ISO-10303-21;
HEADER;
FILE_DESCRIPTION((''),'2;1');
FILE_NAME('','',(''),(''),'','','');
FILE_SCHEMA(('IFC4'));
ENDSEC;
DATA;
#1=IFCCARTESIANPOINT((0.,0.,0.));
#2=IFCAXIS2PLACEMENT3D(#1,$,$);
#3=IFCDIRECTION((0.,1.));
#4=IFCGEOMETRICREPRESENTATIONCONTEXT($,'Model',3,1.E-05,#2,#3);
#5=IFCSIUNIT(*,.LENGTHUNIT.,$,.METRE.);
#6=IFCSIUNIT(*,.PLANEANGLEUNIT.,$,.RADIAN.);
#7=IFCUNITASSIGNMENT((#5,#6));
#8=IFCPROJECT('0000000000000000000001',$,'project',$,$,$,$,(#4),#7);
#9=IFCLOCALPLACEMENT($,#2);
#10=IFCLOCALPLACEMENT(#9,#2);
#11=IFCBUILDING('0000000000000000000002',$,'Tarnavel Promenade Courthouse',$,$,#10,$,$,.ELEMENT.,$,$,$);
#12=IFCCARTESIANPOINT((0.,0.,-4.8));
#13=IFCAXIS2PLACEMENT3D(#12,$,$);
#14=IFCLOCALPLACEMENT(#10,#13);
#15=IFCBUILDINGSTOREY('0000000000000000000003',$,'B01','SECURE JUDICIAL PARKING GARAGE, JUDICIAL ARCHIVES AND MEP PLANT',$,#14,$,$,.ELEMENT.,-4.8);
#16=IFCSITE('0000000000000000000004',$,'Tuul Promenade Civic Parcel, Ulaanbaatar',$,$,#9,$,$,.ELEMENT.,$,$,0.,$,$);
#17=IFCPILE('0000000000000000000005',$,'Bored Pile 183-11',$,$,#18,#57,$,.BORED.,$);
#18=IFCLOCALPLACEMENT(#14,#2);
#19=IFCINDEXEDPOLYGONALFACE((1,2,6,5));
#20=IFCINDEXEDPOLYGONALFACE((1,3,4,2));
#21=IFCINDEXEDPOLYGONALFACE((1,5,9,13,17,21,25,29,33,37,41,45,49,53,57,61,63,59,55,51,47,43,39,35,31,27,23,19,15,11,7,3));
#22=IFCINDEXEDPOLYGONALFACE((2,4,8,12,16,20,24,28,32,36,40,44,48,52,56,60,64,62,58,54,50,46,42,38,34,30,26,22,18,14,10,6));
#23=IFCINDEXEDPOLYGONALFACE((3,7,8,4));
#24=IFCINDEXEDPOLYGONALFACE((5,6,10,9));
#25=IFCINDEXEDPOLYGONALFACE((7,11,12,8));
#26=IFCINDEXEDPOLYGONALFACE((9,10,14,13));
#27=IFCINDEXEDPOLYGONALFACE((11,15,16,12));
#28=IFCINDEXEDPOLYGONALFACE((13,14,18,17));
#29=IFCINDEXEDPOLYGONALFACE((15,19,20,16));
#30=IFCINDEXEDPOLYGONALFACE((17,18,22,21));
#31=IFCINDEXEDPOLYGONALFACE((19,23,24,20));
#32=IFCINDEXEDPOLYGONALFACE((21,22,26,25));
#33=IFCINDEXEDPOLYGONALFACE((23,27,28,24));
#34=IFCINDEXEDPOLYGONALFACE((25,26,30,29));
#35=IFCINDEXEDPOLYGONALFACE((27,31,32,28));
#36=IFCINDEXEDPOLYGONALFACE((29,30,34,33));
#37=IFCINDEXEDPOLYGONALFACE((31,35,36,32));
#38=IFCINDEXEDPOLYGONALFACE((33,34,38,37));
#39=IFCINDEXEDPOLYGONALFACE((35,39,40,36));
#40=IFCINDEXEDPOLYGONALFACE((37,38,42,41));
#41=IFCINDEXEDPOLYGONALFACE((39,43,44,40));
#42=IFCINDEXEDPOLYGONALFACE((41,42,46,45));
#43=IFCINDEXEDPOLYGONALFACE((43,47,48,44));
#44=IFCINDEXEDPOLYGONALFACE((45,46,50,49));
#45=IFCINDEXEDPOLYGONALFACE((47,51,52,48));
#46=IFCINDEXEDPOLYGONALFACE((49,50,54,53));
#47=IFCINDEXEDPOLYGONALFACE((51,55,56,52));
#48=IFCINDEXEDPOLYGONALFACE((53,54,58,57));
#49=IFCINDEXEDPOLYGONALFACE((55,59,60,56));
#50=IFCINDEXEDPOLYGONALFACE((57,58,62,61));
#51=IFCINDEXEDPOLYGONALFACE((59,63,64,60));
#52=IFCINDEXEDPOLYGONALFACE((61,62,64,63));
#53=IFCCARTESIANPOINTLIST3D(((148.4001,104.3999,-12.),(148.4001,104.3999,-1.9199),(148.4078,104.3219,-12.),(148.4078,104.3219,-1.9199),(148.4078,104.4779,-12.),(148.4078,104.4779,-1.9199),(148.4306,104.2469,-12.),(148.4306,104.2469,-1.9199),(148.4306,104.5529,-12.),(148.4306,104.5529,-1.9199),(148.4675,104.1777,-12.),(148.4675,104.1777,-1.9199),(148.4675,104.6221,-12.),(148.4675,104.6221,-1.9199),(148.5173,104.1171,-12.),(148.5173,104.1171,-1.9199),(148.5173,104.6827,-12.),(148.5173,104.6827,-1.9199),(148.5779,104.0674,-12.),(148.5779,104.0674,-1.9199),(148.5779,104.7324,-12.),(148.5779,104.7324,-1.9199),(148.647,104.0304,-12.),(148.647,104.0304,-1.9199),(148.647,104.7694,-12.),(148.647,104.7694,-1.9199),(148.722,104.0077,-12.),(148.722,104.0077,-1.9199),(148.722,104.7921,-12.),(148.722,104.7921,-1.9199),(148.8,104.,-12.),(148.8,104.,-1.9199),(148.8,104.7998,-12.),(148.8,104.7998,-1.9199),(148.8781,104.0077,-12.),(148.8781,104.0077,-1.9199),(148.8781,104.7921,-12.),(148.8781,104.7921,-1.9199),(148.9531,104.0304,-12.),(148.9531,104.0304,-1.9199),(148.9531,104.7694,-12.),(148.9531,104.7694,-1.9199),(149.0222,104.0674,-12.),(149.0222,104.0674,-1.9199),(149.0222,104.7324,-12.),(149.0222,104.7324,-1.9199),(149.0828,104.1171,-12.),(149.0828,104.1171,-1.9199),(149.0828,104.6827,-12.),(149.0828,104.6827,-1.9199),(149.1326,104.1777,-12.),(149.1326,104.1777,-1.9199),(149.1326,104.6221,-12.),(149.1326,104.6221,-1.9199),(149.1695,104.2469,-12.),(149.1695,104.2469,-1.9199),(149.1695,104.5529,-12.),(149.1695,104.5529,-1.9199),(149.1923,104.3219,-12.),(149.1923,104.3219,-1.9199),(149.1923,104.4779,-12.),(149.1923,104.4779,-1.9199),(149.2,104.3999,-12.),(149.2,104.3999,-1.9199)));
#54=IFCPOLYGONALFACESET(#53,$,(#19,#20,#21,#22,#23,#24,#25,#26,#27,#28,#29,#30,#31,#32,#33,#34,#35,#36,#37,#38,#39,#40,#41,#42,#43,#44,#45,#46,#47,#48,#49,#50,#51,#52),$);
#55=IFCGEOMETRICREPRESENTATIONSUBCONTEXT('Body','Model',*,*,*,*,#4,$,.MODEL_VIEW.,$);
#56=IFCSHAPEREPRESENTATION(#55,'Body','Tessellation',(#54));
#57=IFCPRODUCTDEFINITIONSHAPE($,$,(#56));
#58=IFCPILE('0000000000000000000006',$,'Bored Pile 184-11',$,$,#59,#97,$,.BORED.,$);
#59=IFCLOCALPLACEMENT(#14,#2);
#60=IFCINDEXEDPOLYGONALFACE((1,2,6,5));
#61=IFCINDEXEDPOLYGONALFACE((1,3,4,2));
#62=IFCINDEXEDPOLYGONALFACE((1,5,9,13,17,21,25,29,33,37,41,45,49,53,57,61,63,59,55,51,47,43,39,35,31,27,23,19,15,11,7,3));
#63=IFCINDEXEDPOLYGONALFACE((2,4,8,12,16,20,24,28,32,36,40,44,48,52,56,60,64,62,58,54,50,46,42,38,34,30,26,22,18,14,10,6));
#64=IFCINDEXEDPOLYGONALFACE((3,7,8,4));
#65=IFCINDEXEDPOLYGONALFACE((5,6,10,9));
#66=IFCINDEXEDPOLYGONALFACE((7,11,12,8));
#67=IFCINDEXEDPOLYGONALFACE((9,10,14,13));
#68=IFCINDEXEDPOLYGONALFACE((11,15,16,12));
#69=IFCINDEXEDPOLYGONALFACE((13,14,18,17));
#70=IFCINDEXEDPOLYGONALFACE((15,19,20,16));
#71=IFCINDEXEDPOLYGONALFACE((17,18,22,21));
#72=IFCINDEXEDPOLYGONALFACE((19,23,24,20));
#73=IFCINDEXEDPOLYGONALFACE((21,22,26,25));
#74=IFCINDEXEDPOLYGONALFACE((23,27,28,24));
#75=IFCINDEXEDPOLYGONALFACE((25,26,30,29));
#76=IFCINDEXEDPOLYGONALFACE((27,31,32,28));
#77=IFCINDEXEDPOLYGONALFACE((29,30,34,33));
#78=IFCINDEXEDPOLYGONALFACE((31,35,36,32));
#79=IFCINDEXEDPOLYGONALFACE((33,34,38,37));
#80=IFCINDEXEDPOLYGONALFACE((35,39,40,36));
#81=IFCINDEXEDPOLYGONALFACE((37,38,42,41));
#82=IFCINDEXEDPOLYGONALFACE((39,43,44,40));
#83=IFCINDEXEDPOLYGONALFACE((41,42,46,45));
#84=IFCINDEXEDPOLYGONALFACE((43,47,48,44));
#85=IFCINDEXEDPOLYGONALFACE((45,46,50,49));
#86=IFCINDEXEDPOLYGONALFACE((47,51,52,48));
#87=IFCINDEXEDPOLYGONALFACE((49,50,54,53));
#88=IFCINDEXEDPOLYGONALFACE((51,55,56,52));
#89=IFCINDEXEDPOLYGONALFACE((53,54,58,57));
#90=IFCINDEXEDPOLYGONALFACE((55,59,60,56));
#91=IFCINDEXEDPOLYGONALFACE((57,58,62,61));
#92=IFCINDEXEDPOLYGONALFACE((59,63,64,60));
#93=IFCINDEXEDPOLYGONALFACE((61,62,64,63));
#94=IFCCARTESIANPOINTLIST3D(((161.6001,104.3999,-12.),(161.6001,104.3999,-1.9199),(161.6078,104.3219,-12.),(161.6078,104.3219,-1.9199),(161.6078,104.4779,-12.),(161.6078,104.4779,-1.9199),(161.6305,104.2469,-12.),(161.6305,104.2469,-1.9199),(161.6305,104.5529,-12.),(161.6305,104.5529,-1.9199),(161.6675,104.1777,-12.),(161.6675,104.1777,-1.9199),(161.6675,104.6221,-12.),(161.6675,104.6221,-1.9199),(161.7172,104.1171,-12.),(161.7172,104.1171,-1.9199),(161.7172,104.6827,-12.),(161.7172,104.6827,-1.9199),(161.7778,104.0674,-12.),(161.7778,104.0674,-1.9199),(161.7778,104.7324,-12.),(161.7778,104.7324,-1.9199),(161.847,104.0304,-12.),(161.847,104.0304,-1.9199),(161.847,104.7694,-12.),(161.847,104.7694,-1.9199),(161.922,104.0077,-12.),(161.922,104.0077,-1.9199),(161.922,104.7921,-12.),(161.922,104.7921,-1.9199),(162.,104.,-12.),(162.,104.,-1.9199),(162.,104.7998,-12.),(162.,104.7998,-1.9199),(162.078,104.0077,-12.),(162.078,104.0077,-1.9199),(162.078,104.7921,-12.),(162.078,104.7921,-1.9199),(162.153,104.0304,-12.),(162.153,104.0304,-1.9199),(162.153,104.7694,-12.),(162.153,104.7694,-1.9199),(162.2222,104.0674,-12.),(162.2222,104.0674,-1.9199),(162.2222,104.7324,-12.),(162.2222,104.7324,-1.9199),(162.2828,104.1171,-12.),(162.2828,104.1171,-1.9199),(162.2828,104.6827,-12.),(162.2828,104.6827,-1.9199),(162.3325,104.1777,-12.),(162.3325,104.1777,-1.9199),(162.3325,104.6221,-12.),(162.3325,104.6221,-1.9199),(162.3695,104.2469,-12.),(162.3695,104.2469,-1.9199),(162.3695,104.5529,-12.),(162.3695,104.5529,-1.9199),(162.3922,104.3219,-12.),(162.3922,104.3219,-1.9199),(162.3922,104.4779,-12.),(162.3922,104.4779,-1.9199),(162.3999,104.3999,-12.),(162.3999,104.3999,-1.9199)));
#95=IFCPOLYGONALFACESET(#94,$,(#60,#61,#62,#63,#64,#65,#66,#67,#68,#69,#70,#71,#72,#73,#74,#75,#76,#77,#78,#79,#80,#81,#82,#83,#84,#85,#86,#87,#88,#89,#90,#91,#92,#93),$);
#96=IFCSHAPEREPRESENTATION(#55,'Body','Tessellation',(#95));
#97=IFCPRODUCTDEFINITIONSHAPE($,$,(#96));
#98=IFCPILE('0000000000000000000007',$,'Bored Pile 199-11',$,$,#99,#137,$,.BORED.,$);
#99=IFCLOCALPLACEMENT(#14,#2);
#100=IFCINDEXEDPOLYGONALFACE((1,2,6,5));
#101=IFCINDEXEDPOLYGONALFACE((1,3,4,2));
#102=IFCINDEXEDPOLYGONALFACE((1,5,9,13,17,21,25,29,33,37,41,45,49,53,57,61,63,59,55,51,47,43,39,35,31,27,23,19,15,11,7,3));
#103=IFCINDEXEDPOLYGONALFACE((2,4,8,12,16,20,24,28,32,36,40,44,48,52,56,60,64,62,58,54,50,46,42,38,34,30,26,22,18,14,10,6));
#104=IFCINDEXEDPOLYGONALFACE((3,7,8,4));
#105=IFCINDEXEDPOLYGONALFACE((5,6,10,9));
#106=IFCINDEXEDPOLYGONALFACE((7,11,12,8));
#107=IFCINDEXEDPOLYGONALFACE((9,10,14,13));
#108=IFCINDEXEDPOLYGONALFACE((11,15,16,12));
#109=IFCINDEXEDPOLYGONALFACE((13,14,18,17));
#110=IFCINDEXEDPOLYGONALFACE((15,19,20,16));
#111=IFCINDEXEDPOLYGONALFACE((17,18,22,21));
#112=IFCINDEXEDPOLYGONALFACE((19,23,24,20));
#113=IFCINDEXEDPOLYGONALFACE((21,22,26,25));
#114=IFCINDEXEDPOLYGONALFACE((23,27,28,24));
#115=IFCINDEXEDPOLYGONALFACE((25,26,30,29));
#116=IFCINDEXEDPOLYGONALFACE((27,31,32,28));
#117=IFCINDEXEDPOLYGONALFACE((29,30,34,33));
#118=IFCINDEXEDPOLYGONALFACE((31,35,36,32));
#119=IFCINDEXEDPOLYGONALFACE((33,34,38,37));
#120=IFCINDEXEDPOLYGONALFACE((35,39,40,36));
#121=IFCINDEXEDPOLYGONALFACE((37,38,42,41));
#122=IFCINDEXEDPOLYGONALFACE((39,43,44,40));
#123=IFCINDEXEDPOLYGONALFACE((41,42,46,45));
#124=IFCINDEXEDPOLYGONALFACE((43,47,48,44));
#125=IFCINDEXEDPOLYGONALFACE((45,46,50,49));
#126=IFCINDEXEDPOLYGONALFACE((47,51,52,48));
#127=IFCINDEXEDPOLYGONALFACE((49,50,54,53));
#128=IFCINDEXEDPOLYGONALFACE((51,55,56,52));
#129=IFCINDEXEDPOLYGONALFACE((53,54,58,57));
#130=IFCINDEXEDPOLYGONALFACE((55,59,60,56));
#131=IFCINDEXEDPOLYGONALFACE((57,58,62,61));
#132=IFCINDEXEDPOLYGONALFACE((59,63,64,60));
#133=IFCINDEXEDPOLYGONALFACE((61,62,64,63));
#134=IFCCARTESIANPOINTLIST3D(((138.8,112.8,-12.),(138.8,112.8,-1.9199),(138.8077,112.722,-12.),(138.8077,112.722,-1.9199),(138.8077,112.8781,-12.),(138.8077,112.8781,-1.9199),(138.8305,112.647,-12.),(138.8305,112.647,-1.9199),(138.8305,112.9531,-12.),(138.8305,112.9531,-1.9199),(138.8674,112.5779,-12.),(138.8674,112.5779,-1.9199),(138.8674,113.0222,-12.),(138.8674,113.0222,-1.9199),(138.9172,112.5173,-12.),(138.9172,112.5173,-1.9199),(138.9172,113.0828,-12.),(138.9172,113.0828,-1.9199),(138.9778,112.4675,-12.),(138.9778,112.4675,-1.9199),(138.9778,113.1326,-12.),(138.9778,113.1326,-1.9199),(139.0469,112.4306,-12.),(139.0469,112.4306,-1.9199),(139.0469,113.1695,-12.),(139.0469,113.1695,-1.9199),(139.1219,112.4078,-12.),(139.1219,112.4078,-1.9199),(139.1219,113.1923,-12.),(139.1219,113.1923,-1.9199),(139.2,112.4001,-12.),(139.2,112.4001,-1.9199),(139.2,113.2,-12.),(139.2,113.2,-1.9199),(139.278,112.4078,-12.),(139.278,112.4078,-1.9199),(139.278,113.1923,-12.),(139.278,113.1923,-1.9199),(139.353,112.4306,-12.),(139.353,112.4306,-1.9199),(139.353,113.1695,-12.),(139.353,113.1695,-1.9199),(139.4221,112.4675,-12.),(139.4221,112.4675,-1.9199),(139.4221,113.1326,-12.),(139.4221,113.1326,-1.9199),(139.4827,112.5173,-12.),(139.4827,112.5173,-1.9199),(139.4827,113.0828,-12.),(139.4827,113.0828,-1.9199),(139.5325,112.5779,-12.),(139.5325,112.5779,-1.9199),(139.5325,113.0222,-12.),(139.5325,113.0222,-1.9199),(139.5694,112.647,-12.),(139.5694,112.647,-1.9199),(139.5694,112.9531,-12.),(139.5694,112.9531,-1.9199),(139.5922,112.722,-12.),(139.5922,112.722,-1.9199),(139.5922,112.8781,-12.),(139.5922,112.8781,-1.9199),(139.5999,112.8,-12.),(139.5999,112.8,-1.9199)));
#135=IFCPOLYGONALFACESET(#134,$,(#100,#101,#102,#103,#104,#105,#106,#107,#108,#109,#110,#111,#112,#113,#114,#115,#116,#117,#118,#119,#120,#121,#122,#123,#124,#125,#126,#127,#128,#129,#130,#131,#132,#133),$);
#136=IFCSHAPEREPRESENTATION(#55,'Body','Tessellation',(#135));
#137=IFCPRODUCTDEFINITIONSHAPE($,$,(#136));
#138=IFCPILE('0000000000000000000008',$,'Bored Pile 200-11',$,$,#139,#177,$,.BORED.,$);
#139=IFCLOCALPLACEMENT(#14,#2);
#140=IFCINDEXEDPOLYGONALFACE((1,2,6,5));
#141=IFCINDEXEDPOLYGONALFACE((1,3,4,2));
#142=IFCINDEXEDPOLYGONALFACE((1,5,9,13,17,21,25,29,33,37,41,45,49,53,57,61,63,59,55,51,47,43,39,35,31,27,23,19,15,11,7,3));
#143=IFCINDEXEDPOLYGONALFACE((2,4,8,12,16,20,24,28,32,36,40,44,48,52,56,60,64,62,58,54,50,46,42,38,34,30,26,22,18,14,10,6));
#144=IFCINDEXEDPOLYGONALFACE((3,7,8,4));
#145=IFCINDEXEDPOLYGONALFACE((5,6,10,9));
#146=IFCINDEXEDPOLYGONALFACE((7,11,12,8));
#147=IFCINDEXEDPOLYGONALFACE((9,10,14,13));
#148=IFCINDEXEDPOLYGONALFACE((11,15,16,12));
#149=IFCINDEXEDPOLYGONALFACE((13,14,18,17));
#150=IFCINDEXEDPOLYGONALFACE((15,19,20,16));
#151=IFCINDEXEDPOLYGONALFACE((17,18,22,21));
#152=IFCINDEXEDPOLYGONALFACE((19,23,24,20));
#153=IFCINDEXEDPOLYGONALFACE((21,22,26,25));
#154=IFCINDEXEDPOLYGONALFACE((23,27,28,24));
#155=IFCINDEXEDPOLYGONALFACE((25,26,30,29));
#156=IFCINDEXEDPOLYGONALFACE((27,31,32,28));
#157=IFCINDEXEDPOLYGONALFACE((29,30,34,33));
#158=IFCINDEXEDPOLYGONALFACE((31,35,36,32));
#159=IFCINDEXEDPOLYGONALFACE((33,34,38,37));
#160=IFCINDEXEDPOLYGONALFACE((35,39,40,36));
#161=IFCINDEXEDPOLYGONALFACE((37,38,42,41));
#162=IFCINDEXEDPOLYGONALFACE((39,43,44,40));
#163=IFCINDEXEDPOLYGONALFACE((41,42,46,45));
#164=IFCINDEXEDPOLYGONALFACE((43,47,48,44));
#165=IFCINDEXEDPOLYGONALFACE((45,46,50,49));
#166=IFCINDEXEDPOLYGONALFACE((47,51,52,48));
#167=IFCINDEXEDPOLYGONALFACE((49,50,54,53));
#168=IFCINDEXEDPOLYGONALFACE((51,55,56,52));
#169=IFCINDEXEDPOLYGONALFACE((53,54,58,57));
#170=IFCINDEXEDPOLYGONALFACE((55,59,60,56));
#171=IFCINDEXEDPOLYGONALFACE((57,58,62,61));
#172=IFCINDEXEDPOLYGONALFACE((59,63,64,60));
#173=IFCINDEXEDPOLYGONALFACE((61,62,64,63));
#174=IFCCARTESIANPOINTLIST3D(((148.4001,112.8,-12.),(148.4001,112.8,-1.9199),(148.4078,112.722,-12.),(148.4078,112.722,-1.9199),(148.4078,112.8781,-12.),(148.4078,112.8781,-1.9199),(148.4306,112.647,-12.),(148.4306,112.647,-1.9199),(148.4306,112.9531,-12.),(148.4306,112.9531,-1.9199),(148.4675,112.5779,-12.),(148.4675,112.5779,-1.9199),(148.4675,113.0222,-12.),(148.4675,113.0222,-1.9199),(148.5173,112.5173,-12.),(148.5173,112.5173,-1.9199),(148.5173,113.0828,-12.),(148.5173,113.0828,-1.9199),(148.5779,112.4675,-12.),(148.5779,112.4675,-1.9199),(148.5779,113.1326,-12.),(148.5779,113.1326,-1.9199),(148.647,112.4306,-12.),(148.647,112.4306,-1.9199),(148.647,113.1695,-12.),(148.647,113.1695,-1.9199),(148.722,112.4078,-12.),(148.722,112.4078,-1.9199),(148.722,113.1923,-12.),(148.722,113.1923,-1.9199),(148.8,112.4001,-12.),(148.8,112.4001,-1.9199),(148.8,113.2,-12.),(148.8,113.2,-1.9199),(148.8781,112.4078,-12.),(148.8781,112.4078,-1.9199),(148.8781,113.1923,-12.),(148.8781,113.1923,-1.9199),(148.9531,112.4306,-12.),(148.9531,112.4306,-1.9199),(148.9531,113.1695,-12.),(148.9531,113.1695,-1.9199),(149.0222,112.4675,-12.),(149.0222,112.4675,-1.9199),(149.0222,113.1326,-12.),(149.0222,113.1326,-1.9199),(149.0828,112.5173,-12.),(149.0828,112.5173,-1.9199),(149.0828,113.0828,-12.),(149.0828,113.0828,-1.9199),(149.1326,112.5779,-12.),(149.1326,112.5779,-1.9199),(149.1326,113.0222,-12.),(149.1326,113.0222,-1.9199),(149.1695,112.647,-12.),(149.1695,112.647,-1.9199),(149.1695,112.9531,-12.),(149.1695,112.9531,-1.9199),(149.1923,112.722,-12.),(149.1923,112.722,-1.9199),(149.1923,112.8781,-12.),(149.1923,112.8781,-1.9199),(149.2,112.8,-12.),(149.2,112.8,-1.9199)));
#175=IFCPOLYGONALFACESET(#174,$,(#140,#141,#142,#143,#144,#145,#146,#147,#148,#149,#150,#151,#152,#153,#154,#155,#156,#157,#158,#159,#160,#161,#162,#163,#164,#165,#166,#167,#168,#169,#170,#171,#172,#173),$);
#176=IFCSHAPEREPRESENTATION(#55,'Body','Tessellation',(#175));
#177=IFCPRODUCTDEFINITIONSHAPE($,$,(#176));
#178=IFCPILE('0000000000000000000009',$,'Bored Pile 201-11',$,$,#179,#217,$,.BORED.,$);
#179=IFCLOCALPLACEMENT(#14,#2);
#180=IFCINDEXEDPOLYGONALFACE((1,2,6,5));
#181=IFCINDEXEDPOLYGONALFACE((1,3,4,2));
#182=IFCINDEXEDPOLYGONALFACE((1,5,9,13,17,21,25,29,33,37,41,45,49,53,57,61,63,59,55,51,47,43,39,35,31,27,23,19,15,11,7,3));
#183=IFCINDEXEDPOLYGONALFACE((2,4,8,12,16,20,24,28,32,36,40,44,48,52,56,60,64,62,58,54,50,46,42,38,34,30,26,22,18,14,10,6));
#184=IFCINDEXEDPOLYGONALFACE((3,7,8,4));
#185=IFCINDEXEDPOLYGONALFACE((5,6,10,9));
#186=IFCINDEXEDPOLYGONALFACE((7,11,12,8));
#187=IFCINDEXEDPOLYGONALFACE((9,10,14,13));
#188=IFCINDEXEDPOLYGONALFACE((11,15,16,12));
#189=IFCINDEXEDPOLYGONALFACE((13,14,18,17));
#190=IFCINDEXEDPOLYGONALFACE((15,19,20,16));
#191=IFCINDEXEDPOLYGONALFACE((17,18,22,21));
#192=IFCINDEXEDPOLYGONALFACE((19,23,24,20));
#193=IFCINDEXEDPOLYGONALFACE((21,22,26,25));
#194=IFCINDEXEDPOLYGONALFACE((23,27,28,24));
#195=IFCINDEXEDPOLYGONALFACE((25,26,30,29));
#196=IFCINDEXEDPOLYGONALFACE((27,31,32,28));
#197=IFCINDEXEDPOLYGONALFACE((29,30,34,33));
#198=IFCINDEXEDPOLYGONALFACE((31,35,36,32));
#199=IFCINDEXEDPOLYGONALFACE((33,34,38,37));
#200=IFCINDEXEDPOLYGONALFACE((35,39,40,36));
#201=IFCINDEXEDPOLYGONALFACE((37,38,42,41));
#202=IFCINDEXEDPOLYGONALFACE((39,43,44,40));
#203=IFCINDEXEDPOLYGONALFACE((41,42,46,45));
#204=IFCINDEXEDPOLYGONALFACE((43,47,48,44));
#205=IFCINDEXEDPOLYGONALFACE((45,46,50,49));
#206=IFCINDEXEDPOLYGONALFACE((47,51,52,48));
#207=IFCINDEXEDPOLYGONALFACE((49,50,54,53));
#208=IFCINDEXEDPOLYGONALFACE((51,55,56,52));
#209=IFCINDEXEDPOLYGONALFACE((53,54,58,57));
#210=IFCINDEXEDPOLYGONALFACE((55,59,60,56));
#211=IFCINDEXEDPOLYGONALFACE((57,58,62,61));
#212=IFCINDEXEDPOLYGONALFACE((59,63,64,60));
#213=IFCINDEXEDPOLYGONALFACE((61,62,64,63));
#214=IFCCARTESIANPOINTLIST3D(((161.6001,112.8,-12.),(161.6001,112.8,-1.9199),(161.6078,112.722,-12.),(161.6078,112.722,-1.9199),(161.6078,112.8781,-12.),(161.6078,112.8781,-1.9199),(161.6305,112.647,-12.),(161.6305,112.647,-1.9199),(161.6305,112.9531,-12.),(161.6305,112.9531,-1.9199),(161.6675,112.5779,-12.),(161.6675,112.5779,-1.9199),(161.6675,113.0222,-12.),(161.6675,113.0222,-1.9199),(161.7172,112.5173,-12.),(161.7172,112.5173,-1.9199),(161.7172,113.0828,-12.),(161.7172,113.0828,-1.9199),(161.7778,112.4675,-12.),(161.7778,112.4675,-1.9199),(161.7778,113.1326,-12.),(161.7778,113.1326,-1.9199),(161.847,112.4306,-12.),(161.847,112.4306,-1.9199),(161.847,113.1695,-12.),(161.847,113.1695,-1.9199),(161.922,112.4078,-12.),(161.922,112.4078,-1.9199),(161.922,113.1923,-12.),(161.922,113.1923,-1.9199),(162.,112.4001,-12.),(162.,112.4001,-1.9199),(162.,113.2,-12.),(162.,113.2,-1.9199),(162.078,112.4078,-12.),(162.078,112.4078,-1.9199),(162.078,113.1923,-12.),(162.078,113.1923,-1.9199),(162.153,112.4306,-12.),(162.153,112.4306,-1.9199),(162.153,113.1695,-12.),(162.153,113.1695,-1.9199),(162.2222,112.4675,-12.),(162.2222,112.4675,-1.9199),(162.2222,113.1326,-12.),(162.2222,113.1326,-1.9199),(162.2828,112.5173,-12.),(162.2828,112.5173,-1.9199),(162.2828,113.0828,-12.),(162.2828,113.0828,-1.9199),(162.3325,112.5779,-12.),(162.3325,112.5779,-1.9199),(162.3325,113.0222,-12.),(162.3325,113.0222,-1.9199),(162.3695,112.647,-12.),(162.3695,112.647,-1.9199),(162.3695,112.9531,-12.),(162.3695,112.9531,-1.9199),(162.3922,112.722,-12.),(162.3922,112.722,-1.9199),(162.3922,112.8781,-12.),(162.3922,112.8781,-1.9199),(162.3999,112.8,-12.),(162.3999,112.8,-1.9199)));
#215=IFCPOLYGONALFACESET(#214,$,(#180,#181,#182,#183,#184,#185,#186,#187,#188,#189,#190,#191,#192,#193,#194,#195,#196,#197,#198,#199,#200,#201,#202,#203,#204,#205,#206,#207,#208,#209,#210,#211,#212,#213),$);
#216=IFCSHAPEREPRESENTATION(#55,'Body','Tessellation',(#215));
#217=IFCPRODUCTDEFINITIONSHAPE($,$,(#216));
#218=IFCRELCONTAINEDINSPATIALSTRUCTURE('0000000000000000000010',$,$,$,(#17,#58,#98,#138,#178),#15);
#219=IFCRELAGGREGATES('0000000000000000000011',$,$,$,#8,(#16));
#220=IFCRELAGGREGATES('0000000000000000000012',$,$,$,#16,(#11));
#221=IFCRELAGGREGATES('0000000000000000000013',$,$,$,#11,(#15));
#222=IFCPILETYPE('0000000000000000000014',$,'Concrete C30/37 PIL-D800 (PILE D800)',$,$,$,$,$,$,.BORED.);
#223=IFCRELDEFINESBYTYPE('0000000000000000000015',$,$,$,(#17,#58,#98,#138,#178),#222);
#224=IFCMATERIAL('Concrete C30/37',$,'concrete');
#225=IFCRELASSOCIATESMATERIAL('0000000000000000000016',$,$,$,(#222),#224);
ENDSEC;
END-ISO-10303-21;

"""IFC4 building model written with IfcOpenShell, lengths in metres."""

from ifc_helpers import new_model, si_unit, direction, frame, origin, origin_2d, place, context, subcontext, project, spatial, circle, extrude, material, material_profile, profile_set, type_object, element, save


model = new_model("IFC4")

# Units and contexts
model_context = context("Model", 3, precision=1e-05, world=origin(), true_north=direction((0.0, 1.0)))
body_context = subcontext(model_context, "Body", "Model", "MODEL_VIEW")
ifc_project = project(units=[si_unit("LENGTHUNIT", "METRE"), si_unit("PLANEANGLEUNIT", "RADIAN")], contexts=[model_context])

# Site, building, storey
site_placement = place(None, origin())
site = spatial("IfcSite", under=ifc_project, at=site_placement, Name="Tuul Promenade Civic Parcel, Ulaanbaatar", CompositionType="ELEMENT", RefElevation=0.0)
building_placement = place(site_placement, origin())
building = spatial("IfcBuilding", under=site, at=building_placement, Name="Tarnavel Promenade Courthouse", CompositionType="ELEMENT")
storey_placement = place(building_placement, frame((0.0, 0.0, -4.8)))
storey = spatial("IfcBuildingStorey", under=building, at=storey_placement, Name="B01", Description="SECURE JUDICIAL PARKING GARAGE, JUDICIAL ARCHIVES AND MEP PLANT", CompositionType="ELEMENT", Elevation=-4.8)

# Piles
ifc_material_1 = material(Name="Concrete C30/37", Category="concrete")
ifc_material_profile_1 = material_profile(ifc_material_1, circle(Radius=0.3999, at=origin_2d()), Name="PILE D800")
ifc_profile_set_1 = profile_set([ifc_material_profile_1], Name="Concrete C30/37")
pile_type = type_object("IfcPileType", Name="Concrete C30/37 PIL-D800 (PILE D800)", PredefinedType="BORED", material=ifc_profile_set_1)
for number, where, z_axis, x_axis, name in (
    (1, (148.8, 104.3999, -1.9199), (0.0, 0.0, -1.0), (1.0, 0.0, 0.0), "Bored Pile 183-11"),
    (2, (162.0, 104.3999, -1.9199), (0.0, 0.0, -1.0), (1.0, 0.0, 0.0), "Bored Pile 184-11"),
    (3, (139.2, 112.8, -1.9199), (0.0, 0.0, -1.0), (1.0, 0.0, 0.0), "Bored Pile 199-11"),
    (4, (148.8, 112.8, -1.9199), (0.0, 0.0, -1.0), (1.0, 0.0, 0.0), "Bored Pile 200-11"),
    (5, (162.0, 112.8, -1.9199), (0.0, 0.0, -1.0), (1.0, 0.0, 0.0), "Bored Pile 201-11"),
):
    element("IfcPile", number, at=place(storey_placement, frame(where, z_axis=z_axis, x_axis=x_axis)), inside=storey, type_object=pile_type, Name=name, PredefinedType="BORED", context=body_context, shape_type="SweptSolid", body=[
        extrude(circle(Radius=0.3999, at=origin_2d()), origin(), (0.0, 0.0, 1.0), 10.0801),
    ])

save(model, "model.ifc")
